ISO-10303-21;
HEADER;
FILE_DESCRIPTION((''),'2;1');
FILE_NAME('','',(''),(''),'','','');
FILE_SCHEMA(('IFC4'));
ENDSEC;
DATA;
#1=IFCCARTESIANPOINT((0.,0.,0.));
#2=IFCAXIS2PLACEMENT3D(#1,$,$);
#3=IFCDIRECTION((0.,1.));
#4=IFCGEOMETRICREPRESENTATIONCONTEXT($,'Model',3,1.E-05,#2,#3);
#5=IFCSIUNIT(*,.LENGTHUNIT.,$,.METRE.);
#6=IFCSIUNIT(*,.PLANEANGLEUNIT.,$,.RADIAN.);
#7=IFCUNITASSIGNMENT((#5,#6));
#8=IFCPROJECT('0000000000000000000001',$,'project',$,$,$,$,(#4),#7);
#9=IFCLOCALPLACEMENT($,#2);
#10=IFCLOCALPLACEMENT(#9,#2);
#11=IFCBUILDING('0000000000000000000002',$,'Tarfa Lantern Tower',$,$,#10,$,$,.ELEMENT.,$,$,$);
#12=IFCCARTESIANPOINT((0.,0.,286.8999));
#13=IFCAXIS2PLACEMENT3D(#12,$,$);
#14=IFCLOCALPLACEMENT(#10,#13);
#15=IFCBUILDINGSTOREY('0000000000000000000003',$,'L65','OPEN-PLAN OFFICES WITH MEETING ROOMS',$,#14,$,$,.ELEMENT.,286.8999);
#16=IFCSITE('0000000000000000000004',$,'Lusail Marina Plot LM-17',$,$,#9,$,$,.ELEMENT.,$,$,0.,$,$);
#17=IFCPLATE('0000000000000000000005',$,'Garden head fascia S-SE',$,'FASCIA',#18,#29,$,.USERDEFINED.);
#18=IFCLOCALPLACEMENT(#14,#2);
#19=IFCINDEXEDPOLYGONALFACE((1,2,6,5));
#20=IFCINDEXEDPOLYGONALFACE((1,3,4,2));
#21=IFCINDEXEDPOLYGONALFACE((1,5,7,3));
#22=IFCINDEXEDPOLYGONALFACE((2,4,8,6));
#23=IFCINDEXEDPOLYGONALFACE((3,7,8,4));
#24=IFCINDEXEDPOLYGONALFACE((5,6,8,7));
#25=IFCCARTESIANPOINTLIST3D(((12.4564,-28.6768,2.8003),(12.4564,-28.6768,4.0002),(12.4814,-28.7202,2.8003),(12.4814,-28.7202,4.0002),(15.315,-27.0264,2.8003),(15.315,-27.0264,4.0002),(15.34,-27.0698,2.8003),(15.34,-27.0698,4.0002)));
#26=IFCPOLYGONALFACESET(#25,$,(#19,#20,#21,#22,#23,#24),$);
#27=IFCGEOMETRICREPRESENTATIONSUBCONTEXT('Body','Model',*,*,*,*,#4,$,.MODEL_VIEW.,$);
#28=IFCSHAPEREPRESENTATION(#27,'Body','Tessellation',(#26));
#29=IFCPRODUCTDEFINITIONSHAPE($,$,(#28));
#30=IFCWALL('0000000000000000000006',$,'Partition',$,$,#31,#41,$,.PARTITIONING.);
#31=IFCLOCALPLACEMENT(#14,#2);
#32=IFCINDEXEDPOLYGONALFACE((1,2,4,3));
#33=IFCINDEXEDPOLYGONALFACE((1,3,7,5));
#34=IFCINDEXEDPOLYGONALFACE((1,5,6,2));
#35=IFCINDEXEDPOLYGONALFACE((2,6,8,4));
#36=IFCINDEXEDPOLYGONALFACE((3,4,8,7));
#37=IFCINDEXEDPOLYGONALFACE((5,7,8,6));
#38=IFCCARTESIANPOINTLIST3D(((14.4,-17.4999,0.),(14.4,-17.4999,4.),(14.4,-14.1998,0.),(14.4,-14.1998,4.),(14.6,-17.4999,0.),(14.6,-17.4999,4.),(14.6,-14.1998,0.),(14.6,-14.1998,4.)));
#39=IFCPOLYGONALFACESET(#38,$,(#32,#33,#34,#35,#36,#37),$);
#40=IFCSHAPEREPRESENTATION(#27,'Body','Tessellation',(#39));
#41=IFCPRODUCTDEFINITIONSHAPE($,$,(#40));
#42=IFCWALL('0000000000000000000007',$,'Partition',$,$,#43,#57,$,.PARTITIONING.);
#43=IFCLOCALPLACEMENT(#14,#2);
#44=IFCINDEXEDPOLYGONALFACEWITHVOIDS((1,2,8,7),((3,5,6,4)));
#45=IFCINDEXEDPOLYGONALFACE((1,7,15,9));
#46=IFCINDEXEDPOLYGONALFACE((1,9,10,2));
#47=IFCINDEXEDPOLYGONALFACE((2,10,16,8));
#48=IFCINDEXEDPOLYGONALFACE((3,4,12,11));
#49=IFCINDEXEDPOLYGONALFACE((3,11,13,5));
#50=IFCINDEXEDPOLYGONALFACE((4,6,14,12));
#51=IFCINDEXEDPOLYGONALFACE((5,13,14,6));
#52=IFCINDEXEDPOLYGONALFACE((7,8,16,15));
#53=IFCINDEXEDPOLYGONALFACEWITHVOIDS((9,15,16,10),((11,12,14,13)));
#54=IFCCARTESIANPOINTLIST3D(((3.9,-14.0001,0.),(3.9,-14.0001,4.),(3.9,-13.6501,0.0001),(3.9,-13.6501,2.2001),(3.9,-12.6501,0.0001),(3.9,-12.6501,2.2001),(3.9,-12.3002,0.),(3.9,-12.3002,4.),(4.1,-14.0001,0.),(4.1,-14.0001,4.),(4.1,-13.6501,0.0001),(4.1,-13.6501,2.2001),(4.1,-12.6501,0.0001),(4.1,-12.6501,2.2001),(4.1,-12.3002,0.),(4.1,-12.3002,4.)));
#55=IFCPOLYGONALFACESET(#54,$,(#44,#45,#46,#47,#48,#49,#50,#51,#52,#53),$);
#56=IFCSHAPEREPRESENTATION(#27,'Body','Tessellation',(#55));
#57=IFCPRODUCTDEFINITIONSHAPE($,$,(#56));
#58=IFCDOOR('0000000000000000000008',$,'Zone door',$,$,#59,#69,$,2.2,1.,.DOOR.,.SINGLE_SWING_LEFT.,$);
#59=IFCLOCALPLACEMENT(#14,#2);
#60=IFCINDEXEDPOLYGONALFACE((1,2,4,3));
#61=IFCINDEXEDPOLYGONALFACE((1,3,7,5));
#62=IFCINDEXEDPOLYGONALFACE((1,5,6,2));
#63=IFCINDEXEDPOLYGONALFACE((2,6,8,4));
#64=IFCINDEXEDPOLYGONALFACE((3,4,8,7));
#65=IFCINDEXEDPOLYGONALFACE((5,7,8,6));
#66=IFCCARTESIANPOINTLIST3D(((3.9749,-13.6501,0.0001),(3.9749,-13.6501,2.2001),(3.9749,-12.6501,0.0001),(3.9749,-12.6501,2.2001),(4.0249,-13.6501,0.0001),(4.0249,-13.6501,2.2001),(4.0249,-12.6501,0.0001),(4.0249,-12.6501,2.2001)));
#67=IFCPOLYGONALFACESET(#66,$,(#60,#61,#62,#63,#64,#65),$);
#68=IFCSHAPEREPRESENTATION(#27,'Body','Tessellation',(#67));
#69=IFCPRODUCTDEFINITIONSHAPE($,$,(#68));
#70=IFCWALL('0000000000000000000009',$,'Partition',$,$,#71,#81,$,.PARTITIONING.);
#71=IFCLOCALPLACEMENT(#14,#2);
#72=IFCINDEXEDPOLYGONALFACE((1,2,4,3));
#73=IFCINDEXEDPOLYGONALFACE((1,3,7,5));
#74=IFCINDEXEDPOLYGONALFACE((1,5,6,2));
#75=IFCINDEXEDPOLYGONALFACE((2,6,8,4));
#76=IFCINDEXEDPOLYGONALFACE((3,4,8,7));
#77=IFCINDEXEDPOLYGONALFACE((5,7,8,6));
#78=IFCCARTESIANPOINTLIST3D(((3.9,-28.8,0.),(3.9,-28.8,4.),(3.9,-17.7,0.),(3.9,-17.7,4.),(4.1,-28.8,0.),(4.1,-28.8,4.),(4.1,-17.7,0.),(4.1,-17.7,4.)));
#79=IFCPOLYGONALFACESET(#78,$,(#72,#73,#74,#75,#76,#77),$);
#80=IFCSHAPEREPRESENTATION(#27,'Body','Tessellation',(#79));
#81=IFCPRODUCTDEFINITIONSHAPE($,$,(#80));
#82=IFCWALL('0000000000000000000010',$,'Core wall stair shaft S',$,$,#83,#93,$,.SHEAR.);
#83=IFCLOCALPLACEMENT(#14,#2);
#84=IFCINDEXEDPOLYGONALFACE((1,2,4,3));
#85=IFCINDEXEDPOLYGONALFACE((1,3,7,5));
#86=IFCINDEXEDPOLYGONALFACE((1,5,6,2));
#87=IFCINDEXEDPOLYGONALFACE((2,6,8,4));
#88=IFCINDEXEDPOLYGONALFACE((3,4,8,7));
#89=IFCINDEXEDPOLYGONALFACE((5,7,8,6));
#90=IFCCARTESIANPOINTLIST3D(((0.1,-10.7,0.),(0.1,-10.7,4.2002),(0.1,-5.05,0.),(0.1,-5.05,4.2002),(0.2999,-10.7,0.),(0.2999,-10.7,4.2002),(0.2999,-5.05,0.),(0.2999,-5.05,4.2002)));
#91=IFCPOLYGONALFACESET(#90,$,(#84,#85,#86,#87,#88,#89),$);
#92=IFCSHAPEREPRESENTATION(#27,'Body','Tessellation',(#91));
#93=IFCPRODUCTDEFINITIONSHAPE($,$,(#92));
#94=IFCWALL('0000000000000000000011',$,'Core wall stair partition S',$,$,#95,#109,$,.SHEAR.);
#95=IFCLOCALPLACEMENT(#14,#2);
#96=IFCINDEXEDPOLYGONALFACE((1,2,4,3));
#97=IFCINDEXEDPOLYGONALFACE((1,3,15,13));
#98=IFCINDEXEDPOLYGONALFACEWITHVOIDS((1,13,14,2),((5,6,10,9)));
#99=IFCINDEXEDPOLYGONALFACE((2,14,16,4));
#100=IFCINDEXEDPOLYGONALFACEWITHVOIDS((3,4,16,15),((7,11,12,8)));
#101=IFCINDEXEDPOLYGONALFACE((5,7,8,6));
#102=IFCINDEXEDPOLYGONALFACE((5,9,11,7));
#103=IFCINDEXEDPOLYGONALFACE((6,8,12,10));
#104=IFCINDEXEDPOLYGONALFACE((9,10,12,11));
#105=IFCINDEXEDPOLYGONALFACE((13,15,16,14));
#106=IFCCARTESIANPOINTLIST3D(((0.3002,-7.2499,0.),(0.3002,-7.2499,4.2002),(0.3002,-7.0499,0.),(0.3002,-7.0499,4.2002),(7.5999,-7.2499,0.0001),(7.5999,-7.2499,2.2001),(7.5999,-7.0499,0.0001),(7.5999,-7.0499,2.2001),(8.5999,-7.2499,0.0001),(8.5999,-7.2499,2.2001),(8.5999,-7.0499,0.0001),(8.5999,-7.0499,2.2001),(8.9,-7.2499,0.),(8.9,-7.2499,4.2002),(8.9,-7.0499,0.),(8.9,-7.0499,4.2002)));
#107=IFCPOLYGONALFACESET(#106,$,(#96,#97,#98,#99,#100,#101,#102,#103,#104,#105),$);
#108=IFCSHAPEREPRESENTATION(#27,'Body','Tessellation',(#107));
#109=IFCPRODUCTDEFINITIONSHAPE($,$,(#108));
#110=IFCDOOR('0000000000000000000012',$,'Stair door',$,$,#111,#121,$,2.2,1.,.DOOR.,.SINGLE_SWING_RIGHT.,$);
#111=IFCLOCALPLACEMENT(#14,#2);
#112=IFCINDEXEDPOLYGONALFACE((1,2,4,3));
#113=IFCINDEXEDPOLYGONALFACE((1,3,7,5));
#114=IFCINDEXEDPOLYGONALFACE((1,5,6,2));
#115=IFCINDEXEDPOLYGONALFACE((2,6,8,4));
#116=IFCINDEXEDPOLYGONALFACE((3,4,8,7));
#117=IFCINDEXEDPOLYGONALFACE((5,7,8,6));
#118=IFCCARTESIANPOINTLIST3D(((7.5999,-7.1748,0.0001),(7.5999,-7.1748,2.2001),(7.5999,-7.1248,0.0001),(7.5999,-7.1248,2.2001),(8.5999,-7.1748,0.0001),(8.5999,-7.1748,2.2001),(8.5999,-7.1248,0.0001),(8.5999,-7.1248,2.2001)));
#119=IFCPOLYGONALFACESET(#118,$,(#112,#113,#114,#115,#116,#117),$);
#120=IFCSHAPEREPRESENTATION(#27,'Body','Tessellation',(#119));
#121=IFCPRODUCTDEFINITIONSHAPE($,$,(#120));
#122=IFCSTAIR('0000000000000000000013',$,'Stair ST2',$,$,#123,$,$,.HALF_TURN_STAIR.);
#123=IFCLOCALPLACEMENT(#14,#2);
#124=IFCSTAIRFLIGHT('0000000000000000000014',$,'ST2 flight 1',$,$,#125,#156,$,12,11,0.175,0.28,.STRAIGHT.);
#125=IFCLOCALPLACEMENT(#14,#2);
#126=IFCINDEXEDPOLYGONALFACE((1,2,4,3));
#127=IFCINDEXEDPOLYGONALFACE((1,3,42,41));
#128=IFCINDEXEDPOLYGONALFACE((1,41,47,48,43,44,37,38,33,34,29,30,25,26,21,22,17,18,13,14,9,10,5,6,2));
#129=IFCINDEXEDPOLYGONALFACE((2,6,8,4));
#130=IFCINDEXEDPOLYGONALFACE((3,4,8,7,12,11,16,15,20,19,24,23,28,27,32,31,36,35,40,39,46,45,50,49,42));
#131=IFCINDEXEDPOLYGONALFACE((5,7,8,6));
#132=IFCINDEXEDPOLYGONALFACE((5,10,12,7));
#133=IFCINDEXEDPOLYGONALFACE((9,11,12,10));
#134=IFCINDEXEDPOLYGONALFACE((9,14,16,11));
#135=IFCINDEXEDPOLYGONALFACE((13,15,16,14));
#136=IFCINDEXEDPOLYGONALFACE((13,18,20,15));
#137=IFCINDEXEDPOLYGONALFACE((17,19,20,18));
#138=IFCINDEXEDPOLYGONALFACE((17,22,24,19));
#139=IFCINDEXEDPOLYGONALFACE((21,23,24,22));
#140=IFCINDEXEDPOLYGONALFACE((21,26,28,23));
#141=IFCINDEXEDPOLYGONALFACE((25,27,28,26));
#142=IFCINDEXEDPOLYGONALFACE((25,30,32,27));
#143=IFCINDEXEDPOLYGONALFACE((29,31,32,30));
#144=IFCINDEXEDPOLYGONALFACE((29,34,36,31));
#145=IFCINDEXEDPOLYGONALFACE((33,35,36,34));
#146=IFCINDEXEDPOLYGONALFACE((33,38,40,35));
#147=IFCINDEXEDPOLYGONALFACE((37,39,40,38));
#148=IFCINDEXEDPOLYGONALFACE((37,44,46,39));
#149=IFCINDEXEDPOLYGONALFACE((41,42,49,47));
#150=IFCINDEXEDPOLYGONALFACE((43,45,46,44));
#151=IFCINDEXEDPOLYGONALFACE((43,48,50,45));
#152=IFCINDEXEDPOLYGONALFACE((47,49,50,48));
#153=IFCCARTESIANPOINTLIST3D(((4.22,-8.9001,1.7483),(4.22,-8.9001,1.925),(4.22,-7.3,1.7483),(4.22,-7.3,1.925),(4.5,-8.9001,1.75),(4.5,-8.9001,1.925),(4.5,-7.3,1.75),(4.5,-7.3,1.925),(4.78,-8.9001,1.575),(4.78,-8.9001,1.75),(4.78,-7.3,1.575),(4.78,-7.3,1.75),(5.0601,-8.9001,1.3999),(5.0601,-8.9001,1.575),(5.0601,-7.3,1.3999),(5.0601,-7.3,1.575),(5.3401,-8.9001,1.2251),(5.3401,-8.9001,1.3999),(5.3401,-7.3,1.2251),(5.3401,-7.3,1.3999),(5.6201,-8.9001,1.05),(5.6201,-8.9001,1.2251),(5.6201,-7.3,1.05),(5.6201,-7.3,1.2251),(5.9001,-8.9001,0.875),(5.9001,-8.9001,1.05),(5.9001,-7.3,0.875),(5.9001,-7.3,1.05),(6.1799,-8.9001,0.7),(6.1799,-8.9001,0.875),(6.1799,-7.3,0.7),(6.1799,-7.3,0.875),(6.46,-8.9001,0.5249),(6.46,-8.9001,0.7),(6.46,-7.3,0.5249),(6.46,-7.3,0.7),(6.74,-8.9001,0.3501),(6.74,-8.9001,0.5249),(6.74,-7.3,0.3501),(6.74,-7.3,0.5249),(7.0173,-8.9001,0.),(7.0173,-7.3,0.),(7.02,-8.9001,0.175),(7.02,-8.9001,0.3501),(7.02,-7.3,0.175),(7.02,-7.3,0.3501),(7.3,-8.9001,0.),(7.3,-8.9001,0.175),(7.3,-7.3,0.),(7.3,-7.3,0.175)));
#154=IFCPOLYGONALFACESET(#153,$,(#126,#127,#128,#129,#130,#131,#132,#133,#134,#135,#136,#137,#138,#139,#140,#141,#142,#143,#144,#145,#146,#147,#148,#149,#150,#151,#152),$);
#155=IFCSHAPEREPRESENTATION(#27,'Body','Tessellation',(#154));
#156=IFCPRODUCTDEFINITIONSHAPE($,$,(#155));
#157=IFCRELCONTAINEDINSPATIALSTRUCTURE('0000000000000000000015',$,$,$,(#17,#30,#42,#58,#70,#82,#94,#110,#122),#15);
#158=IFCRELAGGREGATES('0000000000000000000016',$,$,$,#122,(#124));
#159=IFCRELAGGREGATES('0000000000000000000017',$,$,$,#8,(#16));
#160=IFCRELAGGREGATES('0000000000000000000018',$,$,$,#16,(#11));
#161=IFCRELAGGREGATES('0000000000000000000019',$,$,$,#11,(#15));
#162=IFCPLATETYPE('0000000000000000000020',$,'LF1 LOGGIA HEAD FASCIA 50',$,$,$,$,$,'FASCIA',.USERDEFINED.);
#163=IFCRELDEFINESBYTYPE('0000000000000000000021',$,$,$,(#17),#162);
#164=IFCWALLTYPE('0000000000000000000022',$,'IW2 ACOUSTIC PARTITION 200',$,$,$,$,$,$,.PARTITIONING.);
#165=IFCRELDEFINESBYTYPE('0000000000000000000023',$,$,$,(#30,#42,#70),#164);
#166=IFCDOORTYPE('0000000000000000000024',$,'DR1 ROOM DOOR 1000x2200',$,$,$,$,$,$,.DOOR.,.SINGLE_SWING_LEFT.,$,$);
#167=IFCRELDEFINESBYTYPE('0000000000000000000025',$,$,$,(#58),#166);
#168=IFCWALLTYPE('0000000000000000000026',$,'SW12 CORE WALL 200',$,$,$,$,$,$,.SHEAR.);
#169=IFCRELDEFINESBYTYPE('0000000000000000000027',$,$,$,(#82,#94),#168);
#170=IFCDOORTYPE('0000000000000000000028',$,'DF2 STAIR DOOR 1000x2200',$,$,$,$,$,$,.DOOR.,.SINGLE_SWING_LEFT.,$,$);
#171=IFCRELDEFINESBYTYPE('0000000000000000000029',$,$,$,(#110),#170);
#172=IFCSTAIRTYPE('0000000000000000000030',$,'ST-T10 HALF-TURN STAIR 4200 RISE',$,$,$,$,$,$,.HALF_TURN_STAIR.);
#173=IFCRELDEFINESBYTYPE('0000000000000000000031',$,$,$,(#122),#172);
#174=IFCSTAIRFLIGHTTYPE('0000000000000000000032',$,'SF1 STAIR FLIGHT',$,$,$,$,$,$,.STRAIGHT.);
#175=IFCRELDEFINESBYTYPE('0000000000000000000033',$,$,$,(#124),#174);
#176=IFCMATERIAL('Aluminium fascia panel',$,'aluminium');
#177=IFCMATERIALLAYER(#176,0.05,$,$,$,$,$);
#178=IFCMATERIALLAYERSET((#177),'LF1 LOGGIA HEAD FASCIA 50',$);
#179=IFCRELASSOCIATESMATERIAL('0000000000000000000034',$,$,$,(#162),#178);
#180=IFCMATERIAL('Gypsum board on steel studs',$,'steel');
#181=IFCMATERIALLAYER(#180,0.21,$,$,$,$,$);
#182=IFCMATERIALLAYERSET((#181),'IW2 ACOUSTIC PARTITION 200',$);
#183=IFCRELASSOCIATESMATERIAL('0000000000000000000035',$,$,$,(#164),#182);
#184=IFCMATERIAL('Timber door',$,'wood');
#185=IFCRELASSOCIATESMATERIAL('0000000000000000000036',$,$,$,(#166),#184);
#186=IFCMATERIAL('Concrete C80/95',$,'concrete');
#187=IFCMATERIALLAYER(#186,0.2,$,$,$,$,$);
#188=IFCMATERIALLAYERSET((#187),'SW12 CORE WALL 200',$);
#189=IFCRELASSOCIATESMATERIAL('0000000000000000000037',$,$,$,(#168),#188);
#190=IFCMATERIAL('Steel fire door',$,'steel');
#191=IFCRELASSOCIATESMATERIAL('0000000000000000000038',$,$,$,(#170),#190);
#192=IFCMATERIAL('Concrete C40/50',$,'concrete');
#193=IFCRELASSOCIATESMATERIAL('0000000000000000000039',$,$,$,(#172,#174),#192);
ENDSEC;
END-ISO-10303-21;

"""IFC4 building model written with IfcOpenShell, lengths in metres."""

from ifc_helpers import new_model, si_unit, direction, frame, frame_2d, origin, origin_2d, place, context, subcontext, project, spatial, polyline, rectangle, outline, extrude, material, layer, layer_set, type_object, element, fill, aggregate, save


model = new_model("IFC4")

# Units and contexts
model_context = context("Model", 3, precision=1e-05, world=origin(), true_north=direction((0.0, 1.0)))
body_context = subcontext(model_context, "Body", "Model", "MODEL_VIEW")
ifc_project = project(units=[si_unit("LENGTHUNIT", "METRE"), si_unit("PLANEANGLEUNIT", "RADIAN")], contexts=[model_context])

# Site, building, storey
site_placement = place(None, origin())
site = spatial("IfcSite", under=ifc_project, at=site_placement, Name="Lusail Marina Plot LM-17", CompositionType="ELEMENT", RefElevation=0.0)
building_placement = place(site_placement, origin())
building = spatial("IfcBuilding", under=site, at=building_placement, Name="Tarfa Lantern Tower", CompositionType="ELEMENT")
storey_placement = place(building_placement, frame((0.0, 0.0, 286.8999)))
storey = spatial("IfcBuildingStorey", under=building, at=storey_placement, Name="L65", Description="OPEN-PLAN OFFICES WITH MEETING ROOMS", CompositionType="ELEMENT", Elevation=286.8999)

# Plate
ifc_material_1 = material(Name="Aluminium fascia panel", Category="aluminium")
ifc_layer_1 = layer(ifc_material_1, 0.05)
ifc_layer_set_1 = layer_set([ifc_layer_1], Name="LF1 LOGGIA HEAD FASCIA 50")
plate_type = type_object("IfcPlateType", Name="LF1 LOGGIA HEAD FASCIA 50", ElementType="FASCIA", PredefinedType="USERDEFINED", material=ifc_layer_set_1)
plate_placement = place(storey_placement, frame((13.8982, -27.8733, 2.8003), z_axis=(0.0, 0.0, 1.0), x_axis=(0.866025, 0.5, 0.0)))
element("IfcPlate", 1, at=plate_placement, inside=storey, type_object=plate_type, Name="Garden head fascia S-SE", ObjectType="FASCIA", PredefinedType="USERDEFINED", context=body_context, shape_type="SweptSolid", body=[
    extrude(rectangle(XDim=3.3008, YDim=0.05, at=origin_2d()), origin(), (0.0, 0.0, 1.0), 1.2),
])

# Wall
ifc_material_2 = material(Name="Gypsum board on steel studs", Category="steel")
ifc_layer_2 = layer(ifc_material_2, 0.21)
ifc_layer_set_2 = layer_set([ifc_layer_2], Name="IW2 ACOUSTIC PARTITION 200")
wall_type_1 = type_object("IfcWallType", Name="IW2 ACOUSTIC PARTITION 200", PredefinedType="PARTITIONING", material=ifc_layer_set_2)
wall_1_placement = place(storey_placement, frame((14.5, -14.2, 0.0), z_axis=(0.0, 0.0, 1.0), x_axis=(0.0, -1.0, 0.0)))
element("IfcWall", 2, at=wall_1_placement, inside=storey, type_object=wall_type_1, Name="Partition", PredefinedType="PARTITIONING", context=body_context, shape_type="SweptSolid", body=[
    extrude(rectangle(XDim=3.3, YDim=0.2, at=frame_2d((1.6499, 0.0))), origin(), (0.0, 0.0, 1.0), 4.0),
])

# Wall, opening, door
wall_2_placement = place(storey_placement, frame((4.0, -12.3, 0.0), z_axis=(0.0, 0.0, 1.0), x_axis=(0.0, -1.0, 0.0)))
wall_2 = element("IfcWall", 3, at=wall_2_placement, inside=storey, type_object=wall_type_1, Name="Partition", PredefinedType="PARTITIONING", context=body_context, shape_type="SweptSolid", body=[
    extrude(rectangle(XDim=1.7, YDim=0.2, at=frame_2d((0.8501, 0.0))), origin(), (0.0, 0.0, 1.0), 4.0),
])
opening_1_placement = place(wall_2_placement, frame((0.3501, 0.0, 0.0)))
opening_1 = element("IfcOpeningElement", 4, at=opening_1_placement, cuts=wall_2, PredefinedType="OPENING", context=body_context, shape_type="SweptSolid", body=[
    extrude(rectangle(XDim=1.0, YDim=2.2, at=frame_2d((0.5, 1.1001))), frame((0.0, 0.1099, 0.0), z_axis=(0.0, -1.0, 0.0), x_axis=(1.0, 0.0, 0.0)), (0.0, 0.0, 1.0), 0.22),
])
ifc_material_3 = material(Name="Timber door", Category="wood")
door_type_1 = type_object("IfcDoorType", Name="DR1 ROOM DOOR 1000x2200", OperationType="SINGLE_SWING_LEFT", PredefinedType="DOOR", material=ifc_material_3)
door_1_placement = place(opening_1_placement, origin())
door_1 = element("IfcDoor", 5, at=door_1_placement, inside=storey, type_object=door_type_1, Name="Zone door", OperationType="SINGLE_SWING_LEFT", OverallHeight=2.2, OverallWidth=1.0, PredefinedType="DOOR", context=body_context, shape_type="SweptSolid", body=[
    extrude(rectangle(XDim=1.0, YDim=2.2, at=frame_2d((0.5, 1.1001))), frame((0.0, 0.0249, 0.0), z_axis=(0.0, -1.0, 0.0), x_axis=(1.0, 0.0, 0.0)), (0.0, 0.0, 1.0), 0.05),
])
fill(opening_1, door_1)

# Walls
wall_3_placement = place(storey_placement, frame((4.0, -17.7, 0.0), z_axis=(0.0, 0.0, 1.0), x_axis=(0.0, -1.0, 0.0)))
element("IfcWall", 6, at=wall_3_placement, inside=storey, type_object=wall_type_1, Name="Partition", PredefinedType="PARTITIONING", context=body_context, shape_type="SweptSolid", body=[
    extrude(rectangle(XDim=11.1001, YDim=0.2, at=frame_2d((5.55, 0.0))), origin(), (0.0, 0.0, 1.0), 4.0),
])
ifc_material_4 = material(Name="Concrete C80/95", Category="concrete")
ifc_layer_3 = layer(ifc_material_4, 0.2)
ifc_layer_set_3 = layer_set([ifc_layer_3], Name="SW12 CORE WALL 200")
wall_type_2 = type_object("IfcWallType", Name="SW12 CORE WALL 200", PredefinedType="SHEAR", material=ifc_layer_set_3)
wall_4_placement = place(storey_placement, frame((0.2, -5.05, 0.0), z_axis=(0.0, 0.0, 1.0), x_axis=(0.0, -1.0, 0.0)))
element("IfcWall", 7, at=wall_4_placement, inside=storey, type_object=wall_type_2, Name="Core wall stair shaft S", PredefinedType="SHEAR", context=body_context, shape_type="SweptSolid", body=[
    extrude(rectangle(XDim=5.6499, YDim=0.2, at=frame_2d((2.825, 0.0))), origin(), (0.0, 0.0, 1.0), 4.2002),
])

# Wall, opening, door
wall_5_placement = place(storey_placement, frame((8.8999, -7.1499, 0.0), z_axis=(0.0, 0.0, 1.0), x_axis=(-1.0, 0.0, 0.0)))
wall_5 = element("IfcWall", 8, at=wall_5_placement, inside=storey, type_object=wall_type_2, Name="Core wall stair partition S", PredefinedType="SHEAR", context=body_context, shape_type="SweptSolid", body=[
    extrude(rectangle(XDim=8.5999, YDim=0.2, at=frame_2d((4.2998, 0.0))), origin(), (0.0, 0.0, 1.0), 4.2002),
])
opening_2_placement = place(wall_5_placement, frame((0.3, 0.0, 0.0)))
opening_2 = element("IfcOpeningElement", 9, at=opening_2_placement, cuts=wall_5, PredefinedType="OPENING", context=body_context, shape_type="SweptSolid", body=[
    extrude(rectangle(XDim=1.0, YDim=2.2, at=frame_2d((0.5, 1.1001))), frame((0.0, 0.1099, 0.0), z_axis=(0.0, -1.0, 0.0), x_axis=(1.0, 0.0, 0.0)), (0.0, 0.0, 1.0), 0.22),
])
ifc_material_5 = material(Name="Steel fire door", Category="steel")
door_type_2 = type_object("IfcDoorType", Name="DF2 STAIR DOOR 1000x2200", OperationType="SINGLE_SWING_LEFT", PredefinedType="DOOR", material=ifc_material_5)
door_2_placement = place(opening_2_placement, origin())
door_2 = element("IfcDoor", 10, at=door_2_placement, inside=storey, type_object=door_type_2, Name="Stair door", OperationType="SINGLE_SWING_RIGHT", OverallHeight=2.2, OverallWidth=1.0, PredefinedType="DOOR", context=body_context, shape_type="SweptSolid", body=[
    extrude(rectangle(XDim=1.0, YDim=2.2, at=frame_2d((0.5, 1.1001))), frame((0.0, 0.0249, 0.0), z_axis=(0.0, -1.0, 0.0), x_axis=(1.0, 0.0, 0.0)), (0.0, 0.0, 1.0), 0.05),
])
fill(opening_2, door_2)

# Stair, stair flight
ifc_material_6 = material(Name="Concrete C40/50", Category="concrete")
stair_type = type_object("IfcStairType", Name="ST-T10 HALF-TURN STAIR 4200 RISE", PredefinedType="HALF_TURN_STAIR", material=ifc_material_6)
stair_placement = place(storey_placement, origin())
stair = element("IfcStair", 11, at=stair_placement, inside=storey, type_object=stair_type, Name="Stair ST2", PredefinedType="HALF_TURN_STAIR")
stair_flight_type = type_object("IfcStairFlightType", Name="SF1 STAIR FLIGHT", PredefinedType="STRAIGHT", material=ifc_material_6)
stair_flight_1_placement = place(storey_placement, frame((7.3, -8.1001, 0.0), z_axis=(0.0, 0.0, 1.0), x_axis=(-1.0, 0.0, 0.0)))
stair_flight_1 = element("IfcStairFlight", 12, at=stair_flight_1_placement, type_object=stair_flight_type, Name="ST2 flight 1", NumberOfRisers=12, NumberOfTreads=11, PredefinedType="STRAIGHT", RiserHeight=0.175, TreadLength=0.28, context=body_context, shape_type="SweptSolid", body=[
    extrude(outline(polyline([(0.0, 0.0), (0.0, 0.175), (0.28, 0.175), (0.28, 0.3501), (0.5601, 0.3501), (0.5601, 0.5249), (0.8401, 0.5249), (0.8401, 0.7), (1.1201, 0.7), (1.1201, 0.875), (1.3999, 0.875), (1.3999, 1.05), (1.6799, 1.05), (1.6799, 1.2251), (1.96, 1.2251), (1.96, 1.3999), (2.24, 1.3999), (2.24, 1.575), (2.52, 1.575), (2.52, 1.75), (2.8, 1.75), (2.8, 1.925), (3.0801, 1.925), (3.0801, 2.1001), (3.0801, 1.7483), (0.2827, 0.0), (0.0, 0.0)])), frame((0.0, 0.8, 0.0), z_axis=(0.0, -1.0, 0.0), x_axis=(1.0, 0.0, 0.0)), (0.0, 0.0, 1.0), 1.6001),
])
aggregate(stair, [stair_flight_1])

save(model, "model.ifc")
